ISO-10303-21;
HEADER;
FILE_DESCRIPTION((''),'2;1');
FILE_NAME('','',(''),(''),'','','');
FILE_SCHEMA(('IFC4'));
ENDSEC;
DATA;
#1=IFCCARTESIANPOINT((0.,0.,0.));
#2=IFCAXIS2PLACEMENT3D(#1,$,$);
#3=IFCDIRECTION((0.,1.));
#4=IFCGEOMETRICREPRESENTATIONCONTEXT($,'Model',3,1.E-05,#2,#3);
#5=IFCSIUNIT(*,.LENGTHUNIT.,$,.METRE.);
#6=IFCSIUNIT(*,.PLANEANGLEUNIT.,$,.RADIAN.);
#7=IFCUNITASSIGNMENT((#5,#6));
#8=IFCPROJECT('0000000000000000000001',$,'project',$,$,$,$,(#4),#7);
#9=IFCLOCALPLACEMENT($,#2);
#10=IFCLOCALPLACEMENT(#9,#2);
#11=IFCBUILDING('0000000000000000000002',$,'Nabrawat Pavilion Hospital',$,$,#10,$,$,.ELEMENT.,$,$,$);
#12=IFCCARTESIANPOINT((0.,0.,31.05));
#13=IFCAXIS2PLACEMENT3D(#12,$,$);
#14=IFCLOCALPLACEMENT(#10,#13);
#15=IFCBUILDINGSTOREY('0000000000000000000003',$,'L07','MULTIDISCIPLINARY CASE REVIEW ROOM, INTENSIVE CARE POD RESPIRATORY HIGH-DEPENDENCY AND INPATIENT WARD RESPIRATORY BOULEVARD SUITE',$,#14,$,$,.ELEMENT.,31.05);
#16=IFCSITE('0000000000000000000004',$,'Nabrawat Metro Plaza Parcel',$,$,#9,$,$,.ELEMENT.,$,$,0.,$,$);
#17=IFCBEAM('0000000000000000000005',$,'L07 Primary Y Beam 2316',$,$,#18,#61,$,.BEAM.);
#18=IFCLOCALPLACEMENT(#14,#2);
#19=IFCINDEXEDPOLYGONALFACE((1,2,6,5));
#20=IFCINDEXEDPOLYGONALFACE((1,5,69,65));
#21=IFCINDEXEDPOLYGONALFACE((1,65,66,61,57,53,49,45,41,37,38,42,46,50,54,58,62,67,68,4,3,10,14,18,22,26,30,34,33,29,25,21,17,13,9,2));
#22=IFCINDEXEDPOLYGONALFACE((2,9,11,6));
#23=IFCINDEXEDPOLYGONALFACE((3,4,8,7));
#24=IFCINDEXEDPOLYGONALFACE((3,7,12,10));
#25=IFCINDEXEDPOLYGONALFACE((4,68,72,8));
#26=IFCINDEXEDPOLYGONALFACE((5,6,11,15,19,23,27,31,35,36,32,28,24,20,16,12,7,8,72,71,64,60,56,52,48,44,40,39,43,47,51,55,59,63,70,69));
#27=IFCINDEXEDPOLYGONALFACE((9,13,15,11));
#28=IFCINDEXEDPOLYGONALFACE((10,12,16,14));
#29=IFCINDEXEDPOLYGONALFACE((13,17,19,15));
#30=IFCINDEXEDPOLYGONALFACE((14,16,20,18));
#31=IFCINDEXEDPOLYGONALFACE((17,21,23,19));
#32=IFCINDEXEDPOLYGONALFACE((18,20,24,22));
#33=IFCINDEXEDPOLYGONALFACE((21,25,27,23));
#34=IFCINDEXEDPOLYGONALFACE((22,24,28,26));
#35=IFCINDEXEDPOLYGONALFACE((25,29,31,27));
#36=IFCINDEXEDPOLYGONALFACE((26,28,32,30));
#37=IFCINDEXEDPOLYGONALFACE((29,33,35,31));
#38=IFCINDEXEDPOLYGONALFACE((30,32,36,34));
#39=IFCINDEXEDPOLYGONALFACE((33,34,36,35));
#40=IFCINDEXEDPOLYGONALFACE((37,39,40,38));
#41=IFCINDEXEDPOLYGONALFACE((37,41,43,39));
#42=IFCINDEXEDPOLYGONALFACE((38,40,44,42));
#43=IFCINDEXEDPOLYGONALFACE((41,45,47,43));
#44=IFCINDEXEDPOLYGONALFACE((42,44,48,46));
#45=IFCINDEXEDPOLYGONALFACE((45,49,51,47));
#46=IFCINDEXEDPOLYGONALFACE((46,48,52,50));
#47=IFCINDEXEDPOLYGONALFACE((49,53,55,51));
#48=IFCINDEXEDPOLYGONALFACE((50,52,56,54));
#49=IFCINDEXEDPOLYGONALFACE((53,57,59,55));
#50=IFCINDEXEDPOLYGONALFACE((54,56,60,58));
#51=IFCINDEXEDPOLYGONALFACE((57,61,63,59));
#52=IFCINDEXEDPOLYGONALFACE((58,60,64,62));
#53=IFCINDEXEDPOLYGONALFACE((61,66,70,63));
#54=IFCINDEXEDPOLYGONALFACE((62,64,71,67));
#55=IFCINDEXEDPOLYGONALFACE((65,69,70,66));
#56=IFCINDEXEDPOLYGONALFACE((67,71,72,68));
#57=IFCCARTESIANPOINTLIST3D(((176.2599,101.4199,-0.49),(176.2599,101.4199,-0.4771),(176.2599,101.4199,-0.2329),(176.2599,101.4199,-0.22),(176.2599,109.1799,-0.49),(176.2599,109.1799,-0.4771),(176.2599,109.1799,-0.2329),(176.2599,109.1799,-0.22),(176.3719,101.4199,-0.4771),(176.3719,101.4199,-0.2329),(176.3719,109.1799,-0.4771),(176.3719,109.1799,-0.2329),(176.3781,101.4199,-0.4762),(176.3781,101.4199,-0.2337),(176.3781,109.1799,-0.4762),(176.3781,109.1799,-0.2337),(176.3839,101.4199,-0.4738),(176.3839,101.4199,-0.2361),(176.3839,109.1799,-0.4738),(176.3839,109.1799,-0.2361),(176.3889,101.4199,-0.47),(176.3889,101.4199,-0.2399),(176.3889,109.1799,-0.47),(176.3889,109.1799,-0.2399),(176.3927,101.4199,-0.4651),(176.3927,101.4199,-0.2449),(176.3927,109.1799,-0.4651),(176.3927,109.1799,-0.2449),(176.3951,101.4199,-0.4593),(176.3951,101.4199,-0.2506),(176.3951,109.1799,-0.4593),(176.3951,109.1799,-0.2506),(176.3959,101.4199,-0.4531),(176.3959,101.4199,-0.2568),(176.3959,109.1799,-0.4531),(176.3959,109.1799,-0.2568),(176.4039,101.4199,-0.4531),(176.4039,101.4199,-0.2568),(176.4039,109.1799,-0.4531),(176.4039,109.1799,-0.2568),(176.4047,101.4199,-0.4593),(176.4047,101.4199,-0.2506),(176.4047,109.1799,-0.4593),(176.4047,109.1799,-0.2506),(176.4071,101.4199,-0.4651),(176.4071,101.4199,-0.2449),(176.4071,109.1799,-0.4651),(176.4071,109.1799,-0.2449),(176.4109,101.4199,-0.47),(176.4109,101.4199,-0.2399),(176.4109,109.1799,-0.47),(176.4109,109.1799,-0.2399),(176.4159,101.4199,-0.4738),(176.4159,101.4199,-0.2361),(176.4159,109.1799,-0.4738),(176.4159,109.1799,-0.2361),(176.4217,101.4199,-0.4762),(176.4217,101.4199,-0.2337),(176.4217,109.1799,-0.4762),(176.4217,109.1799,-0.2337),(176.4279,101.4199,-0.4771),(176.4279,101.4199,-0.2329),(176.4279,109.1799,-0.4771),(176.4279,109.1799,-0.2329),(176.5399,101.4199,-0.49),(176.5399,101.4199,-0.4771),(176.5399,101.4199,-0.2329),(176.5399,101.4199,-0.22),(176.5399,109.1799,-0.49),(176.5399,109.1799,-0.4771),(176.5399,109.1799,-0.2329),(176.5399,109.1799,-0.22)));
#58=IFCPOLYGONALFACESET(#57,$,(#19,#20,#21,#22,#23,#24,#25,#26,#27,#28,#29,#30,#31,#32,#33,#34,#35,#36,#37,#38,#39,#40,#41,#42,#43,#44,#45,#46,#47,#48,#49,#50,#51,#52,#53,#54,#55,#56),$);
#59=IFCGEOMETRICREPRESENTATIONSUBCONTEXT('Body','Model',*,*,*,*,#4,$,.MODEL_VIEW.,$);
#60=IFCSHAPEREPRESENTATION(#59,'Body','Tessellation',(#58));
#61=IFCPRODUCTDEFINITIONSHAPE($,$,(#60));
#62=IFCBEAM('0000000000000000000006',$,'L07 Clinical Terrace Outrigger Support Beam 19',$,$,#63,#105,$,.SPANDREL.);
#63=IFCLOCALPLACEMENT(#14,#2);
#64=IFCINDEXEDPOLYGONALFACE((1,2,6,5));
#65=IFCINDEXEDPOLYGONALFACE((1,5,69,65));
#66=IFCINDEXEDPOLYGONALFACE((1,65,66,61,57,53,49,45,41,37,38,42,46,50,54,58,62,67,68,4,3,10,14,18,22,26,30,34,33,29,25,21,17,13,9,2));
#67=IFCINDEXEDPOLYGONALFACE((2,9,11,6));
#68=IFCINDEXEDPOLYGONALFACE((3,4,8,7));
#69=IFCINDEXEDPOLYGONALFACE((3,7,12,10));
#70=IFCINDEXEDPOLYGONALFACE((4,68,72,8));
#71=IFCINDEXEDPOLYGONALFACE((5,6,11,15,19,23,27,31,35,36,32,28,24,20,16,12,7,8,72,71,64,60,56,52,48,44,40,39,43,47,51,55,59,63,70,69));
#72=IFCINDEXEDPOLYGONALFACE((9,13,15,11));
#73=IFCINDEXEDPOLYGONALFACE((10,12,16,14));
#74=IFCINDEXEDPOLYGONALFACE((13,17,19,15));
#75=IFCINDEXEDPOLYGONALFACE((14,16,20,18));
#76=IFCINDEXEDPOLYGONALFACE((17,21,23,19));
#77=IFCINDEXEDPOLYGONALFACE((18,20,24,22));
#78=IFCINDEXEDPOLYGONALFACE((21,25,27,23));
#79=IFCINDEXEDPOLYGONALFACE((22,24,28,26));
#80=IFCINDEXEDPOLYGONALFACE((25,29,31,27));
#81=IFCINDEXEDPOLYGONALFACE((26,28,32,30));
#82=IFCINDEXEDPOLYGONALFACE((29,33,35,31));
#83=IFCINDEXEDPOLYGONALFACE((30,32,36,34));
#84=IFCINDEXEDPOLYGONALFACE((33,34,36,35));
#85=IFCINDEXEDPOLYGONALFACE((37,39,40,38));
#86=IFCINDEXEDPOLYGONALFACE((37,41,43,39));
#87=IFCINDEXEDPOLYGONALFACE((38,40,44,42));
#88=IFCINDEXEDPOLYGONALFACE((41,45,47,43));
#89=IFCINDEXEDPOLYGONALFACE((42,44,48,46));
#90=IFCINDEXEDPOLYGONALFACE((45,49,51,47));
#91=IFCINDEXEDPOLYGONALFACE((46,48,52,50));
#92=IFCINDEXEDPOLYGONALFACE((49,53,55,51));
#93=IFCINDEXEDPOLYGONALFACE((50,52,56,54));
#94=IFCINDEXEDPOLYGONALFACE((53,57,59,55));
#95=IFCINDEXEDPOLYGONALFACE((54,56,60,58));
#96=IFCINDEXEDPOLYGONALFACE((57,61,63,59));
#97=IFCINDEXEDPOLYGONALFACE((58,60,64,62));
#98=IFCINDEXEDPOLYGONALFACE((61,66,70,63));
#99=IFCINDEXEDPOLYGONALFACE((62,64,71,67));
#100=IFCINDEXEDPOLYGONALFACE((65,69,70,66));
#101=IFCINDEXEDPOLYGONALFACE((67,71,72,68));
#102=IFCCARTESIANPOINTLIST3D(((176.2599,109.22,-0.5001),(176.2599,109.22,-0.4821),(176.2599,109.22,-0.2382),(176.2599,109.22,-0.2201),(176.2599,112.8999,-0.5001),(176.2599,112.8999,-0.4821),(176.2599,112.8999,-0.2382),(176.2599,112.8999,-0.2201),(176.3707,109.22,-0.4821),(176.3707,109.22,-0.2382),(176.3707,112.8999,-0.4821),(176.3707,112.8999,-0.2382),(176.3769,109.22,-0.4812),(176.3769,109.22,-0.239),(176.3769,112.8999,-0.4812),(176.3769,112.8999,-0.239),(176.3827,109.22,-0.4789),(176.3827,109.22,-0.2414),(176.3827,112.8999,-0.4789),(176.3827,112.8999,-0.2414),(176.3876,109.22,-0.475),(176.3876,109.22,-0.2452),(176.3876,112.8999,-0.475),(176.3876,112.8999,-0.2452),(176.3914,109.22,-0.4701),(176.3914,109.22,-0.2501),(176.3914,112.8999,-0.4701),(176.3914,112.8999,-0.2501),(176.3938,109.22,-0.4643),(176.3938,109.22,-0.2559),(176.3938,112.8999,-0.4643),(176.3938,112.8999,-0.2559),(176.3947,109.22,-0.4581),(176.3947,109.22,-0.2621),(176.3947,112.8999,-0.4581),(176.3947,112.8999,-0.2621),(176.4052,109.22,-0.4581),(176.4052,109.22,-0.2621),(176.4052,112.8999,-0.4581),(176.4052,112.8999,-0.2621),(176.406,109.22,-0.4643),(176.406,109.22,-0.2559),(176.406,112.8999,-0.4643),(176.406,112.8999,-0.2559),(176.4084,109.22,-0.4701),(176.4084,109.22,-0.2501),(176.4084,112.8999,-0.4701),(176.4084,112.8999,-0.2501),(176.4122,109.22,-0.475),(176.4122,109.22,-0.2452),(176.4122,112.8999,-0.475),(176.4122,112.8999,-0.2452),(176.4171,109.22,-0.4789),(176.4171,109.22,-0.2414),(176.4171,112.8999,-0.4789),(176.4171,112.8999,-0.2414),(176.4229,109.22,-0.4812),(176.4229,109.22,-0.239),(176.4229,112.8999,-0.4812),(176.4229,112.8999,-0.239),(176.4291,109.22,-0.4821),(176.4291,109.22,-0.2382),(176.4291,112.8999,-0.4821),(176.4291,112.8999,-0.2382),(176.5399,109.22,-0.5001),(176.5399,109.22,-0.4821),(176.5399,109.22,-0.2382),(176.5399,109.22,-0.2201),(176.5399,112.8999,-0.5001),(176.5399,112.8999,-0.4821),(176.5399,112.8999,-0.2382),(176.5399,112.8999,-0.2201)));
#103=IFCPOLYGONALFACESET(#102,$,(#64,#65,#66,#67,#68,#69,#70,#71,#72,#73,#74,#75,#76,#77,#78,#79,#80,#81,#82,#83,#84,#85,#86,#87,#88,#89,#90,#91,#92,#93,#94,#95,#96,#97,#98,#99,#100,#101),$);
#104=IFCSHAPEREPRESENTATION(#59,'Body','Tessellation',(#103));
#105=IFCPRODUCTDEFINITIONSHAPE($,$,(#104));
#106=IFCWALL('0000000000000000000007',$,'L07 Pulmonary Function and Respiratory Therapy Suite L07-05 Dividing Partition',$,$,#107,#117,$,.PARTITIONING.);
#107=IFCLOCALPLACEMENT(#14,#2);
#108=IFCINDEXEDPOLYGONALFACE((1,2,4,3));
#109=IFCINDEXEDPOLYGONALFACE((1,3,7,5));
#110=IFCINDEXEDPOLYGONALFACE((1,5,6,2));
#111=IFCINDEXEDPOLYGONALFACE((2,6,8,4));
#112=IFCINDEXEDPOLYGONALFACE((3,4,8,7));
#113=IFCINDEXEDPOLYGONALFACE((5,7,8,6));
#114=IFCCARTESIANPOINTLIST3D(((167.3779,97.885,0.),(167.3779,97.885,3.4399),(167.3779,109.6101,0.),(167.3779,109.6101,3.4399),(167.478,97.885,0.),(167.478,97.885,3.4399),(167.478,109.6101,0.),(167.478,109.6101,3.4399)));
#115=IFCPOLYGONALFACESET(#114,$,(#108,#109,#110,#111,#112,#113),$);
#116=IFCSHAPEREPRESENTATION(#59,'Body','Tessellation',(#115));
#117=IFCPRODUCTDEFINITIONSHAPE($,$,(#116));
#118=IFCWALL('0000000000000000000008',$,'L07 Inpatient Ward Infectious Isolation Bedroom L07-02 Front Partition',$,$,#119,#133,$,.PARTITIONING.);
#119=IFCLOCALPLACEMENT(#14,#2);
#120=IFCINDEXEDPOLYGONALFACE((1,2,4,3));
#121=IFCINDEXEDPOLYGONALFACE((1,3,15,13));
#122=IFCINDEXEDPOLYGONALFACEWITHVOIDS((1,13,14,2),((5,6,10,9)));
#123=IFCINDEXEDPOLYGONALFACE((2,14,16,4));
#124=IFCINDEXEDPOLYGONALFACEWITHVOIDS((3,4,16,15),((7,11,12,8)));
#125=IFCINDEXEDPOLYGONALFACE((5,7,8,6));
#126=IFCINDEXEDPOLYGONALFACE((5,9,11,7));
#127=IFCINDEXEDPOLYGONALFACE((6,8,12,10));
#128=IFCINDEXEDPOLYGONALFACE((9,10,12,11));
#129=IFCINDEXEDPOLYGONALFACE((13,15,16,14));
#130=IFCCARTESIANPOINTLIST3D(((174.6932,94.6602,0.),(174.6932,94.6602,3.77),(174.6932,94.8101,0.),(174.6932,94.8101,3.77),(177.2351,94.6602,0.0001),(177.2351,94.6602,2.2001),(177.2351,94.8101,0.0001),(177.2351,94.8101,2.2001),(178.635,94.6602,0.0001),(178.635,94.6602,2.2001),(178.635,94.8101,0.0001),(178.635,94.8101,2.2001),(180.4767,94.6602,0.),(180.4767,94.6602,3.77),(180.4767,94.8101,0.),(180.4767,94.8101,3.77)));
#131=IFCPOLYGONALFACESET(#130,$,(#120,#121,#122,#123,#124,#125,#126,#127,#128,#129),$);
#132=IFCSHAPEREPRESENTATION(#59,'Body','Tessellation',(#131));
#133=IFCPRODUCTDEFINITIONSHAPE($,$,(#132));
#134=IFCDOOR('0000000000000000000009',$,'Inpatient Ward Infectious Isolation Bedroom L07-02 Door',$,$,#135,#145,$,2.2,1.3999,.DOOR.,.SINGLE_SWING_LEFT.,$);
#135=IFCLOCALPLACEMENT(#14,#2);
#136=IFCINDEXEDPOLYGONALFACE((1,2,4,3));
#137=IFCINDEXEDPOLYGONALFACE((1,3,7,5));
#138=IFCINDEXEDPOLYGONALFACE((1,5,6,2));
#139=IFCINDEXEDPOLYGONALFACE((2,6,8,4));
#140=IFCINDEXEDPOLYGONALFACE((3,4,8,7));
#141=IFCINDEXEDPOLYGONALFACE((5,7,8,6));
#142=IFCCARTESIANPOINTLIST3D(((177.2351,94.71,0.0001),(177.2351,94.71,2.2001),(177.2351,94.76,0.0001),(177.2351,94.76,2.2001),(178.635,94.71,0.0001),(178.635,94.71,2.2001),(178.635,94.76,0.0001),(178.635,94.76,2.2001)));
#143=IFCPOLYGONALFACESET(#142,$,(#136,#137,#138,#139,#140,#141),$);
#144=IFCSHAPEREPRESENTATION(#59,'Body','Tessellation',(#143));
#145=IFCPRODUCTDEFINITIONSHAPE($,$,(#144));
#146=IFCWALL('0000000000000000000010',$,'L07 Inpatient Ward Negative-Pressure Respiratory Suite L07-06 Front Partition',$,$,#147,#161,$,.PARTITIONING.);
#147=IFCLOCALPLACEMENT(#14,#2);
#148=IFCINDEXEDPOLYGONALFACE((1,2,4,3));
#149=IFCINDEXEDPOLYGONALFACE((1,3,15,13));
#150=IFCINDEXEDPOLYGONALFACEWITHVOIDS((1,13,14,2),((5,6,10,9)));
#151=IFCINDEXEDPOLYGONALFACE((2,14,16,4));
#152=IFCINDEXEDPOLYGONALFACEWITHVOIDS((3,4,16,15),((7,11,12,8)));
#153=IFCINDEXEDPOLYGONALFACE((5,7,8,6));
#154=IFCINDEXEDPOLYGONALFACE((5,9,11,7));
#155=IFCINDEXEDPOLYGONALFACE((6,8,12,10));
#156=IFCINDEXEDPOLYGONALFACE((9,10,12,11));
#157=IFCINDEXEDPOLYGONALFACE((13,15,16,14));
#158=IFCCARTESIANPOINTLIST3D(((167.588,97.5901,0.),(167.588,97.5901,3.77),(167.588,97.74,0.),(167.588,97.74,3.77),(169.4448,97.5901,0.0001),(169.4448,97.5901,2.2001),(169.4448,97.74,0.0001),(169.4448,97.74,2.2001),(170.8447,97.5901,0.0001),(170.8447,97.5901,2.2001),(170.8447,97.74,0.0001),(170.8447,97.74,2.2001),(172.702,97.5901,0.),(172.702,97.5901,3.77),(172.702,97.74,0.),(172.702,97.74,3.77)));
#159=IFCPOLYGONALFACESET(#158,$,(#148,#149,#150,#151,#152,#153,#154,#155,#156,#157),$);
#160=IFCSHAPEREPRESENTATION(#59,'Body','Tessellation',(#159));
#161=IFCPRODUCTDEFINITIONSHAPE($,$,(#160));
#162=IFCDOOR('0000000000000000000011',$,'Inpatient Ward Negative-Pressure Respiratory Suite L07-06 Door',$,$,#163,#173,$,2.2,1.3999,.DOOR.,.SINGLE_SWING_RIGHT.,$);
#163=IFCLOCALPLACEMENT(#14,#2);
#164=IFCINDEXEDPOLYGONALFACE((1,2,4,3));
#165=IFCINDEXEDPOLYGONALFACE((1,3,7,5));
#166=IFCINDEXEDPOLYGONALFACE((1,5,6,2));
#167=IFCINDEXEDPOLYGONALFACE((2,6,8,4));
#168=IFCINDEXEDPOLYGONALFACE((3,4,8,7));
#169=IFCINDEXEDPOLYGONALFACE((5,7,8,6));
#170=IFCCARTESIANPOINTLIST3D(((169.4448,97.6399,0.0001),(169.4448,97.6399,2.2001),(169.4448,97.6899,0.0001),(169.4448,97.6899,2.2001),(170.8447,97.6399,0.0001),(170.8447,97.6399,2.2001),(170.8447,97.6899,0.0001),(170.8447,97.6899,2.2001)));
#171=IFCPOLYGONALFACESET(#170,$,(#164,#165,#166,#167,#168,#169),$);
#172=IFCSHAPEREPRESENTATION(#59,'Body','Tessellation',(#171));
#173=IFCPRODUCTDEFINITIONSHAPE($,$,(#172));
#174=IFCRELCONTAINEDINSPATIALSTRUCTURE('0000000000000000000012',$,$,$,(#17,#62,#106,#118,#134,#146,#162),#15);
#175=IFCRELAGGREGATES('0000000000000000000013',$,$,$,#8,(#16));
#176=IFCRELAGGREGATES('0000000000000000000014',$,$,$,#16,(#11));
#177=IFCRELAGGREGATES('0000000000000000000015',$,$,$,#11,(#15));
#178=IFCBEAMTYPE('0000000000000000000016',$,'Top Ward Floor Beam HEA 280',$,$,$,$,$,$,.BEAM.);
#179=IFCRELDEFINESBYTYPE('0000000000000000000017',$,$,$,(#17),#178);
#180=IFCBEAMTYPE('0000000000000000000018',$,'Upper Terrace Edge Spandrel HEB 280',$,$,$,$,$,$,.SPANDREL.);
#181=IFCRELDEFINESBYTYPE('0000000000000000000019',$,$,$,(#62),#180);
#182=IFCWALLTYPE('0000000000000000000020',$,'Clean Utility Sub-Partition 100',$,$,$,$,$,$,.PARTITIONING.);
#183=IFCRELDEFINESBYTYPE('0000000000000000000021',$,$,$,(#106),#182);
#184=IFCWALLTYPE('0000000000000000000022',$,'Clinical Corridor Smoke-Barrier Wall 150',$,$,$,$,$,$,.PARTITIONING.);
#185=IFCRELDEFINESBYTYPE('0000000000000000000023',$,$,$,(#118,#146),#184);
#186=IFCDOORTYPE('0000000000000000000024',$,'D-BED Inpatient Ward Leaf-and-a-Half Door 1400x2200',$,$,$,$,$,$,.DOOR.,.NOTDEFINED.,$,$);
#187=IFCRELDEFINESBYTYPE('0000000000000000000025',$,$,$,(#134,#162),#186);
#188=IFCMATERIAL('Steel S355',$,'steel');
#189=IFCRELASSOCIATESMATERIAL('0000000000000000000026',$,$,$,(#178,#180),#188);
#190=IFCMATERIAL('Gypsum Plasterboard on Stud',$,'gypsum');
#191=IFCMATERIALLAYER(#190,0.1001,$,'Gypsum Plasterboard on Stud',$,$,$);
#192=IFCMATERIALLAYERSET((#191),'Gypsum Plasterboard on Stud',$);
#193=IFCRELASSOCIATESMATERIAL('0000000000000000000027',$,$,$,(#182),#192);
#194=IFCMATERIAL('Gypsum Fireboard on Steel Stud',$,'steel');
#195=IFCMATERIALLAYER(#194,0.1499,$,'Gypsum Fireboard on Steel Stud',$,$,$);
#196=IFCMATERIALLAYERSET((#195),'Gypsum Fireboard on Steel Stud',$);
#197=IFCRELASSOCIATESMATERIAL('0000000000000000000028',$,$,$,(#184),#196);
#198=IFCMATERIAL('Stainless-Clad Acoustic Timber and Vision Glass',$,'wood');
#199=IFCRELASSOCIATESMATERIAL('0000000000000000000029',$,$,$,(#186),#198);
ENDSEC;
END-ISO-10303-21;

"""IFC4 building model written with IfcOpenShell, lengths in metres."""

from ifc_helpers import new_model, si_unit, direction, frame, frame_2d, origin, origin_2d, place, context, subcontext, project, spatial, rectangle, i_section, extrude, material, layer, layer_set, material_profile, profile_set, type_object, element, fill, save


model = new_model("IFC4")

# Units and contexts
model_context = context("Model", 3, precision=1e-05, world=origin(), true_north=direction((0.0, 1.0)))
body_context = subcontext(model_context, "Body", "Model", "MODEL_VIEW")
ifc_project = project(units=[si_unit("LENGTHUNIT", "METRE"), si_unit("PLANEANGLEUNIT", "RADIAN")], contexts=[model_context])

# Site, building, storey
site_placement = place(None, origin())
site = spatial("IfcSite", under=ifc_project, at=site_placement, Name="Nabrawat Metro Plaza Parcel", CompositionType="ELEMENT", RefElevation=0.0)
building_placement = place(site_placement, origin())
building = spatial("IfcBuilding", under=site, at=building_placement, Name="Nabrawat Pavilion Hospital", CompositionType="ELEMENT")
storey_placement = place(building_placement, frame((0.0, 0.0, 31.05)))
storey = spatial("IfcBuildingStorey", under=building, at=storey_placement, Name="L07", Description="MULTIDISCIPLINARY CASE REVIEW ROOM, INTENSIVE CARE POD RESPIRATORY HIGH-DEPENDENCY AND INPATIENT WARD RESPIRATORY BOULEVARD SUITE", CompositionType="ELEMENT", Elevation=31.05)

# Shared definitions
ifc_material_1 = material(Name="Steel S355", Category="steel")

# Beams
ifc_material_profile_1 = material_profile(ifc_material_1, i_section(OverallWidth=0.28, OverallDepth=0.27, WebThickness=0.0081, FlangeThickness=0.0129, FilletRadius=0.0239, at=origin_2d()), Name="HEA 280")
ifc_profile_set_1 = profile_set([ifc_material_profile_1], Name="Steel S355")
beam_type_1 = type_object("IfcBeamType", Name="Top Ward Floor Beam HEA 280", PredefinedType="BEAM", material=ifc_profile_set_1)
beam_1_placement = place(storey_placement, frame((176.3999, 101.4199, -0.355), z_axis=(0.0, 1.0, 0.0), x_axis=(-1.0, 0.0, 0.0)))
element("IfcBeam", 1, at=beam_1_placement, inside=storey, type_object=beam_type_1, Name="L07 Primary Y Beam 2316", PredefinedType="BEAM", context=body_context, shape_type="SweptSolid", body=[
    extrude(i_section(OverallWidth=0.28, OverallDepth=0.27, WebThickness=0.0081, FlangeThickness=0.0129, FilletRadius=0.0239, at=origin_2d()), origin(), (0.0, 0.0, 1.0), 7.76),
])
ifc_material_profile_2 = material_profile(ifc_material_1, i_section(OverallWidth=0.28, OverallDepth=0.28, WebThickness=0.0105, FlangeThickness=0.0181, FilletRadius=0.0239, at=origin_2d()), Name="HEB 280")
ifc_profile_set_2 = profile_set([ifc_material_profile_2], Name="Steel S355")
beam_type_2 = type_object("IfcBeamType", Name="Upper Terrace Edge Spandrel HEB 280", PredefinedType="SPANDREL", material=ifc_profile_set_2)
beam_2_placement = place(storey_placement, frame((176.3999, 109.22, -0.3601), z_axis=(0.0, 1.0, 0.0), x_axis=(-1.0, 0.0, 0.0)))
element("IfcBeam", 2, at=beam_2_placement, inside=storey, type_object=beam_type_2, Name="L07 Clinical Terrace Outrigger Support Beam 19", PredefinedType="SPANDREL", context=body_context, shape_type="SweptSolid", body=[
    extrude(i_section(OverallWidth=0.28, OverallDepth=0.28, WebThickness=0.0105, FlangeThickness=0.0181, FilletRadius=0.0239, at=origin_2d()), origin(), (0.0, 0.0, 1.0), 3.6799),
])

# Wall
ifc_material_2 = material(Name="Gypsum Plasterboard on Stud", Category="gypsum")
ifc_layer_1 = layer(ifc_material_2, 0.1001, Name="Gypsum Plasterboard on Stud")
ifc_layer_set_1 = layer_set([ifc_layer_1], Name="Gypsum Plasterboard on Stud")
wall_type_1 = type_object("IfcWallType", Name="Clean Utility Sub-Partition 100", PredefinedType="PARTITIONING", material=ifc_layer_set_1)
wall_1_placement = place(storey_placement, frame((167.428, 97.885, 0.0), z_axis=(0.0, 0.0, 1.0), x_axis=(0.0, 1.0, 0.0)))
element("IfcWall", 3, at=wall_1_placement, inside=storey, type_object=wall_type_1, Name="L07 Pulmonary Function and Respiratory Therapy Suite L07-05 Dividing Partition", PredefinedType="PARTITIONING", context=body_context, shape_type="SweptSolid", body=[
    extrude(rectangle(XDim=11.7251, YDim=0.1001, at=frame_2d((5.8625, 0.0))), origin(), (0.0, 0.0, 1.0), 3.4399),
])

# Walls, openings, doors
ifc_material_3 = material(Name="Gypsum Fireboard on Steel Stud", Category="steel")
ifc_layer_2 = layer(ifc_material_3, 0.1499, Name="Gypsum Fireboard on Steel Stud")
ifc_layer_set_2 = layer_set([ifc_layer_2], Name="Gypsum Fireboard on Steel Stud")
wall_type_2 = type_object("IfcWallType", Name="Clinical Corridor Smoke-Barrier Wall 150", PredefinedType="PARTITIONING", material=ifc_layer_set_2)
wall_2_placement = place(storey_placement, frame((174.6934, 94.7351, 0.0), z_axis=(0.0, 0.0, 1.0), x_axis=(1.0, 0.0, 0.0)))
wall_2 = element("IfcWall", 4, at=wall_2_placement, inside=storey, type_object=wall_type_2, Name="L07 Inpatient Ward Infectious Isolation Bedroom L07-02 Front Partition", PredefinedType="PARTITIONING", context=body_context, shape_type="SweptSolid", body=[
    extrude(rectangle(XDim=5.7834, YDim=0.1499, at=frame_2d((2.8916, 0.0))), origin(), (0.0, 0.0, 1.0), 3.77),
])
opening_1_placement = place(wall_2_placement, frame((2.5417, 0.0, 0.0)))
opening_1 = element("IfcOpeningElement", 5, at=opening_1_placement, cuts=wall_2, PredefinedType="OPENING", context=body_context, shape_type="SweptSolid", body=[
    extrude(rectangle(XDim=1.3999, YDim=2.2, at=frame_2d((0.7, 1.1001))), frame((0.0, 0.085, 0.0), z_axis=(0.0, -1.0, 0.0), x_axis=(1.0, 0.0, 0.0)), (0.0, 0.0, 1.0), 0.1699),
])
ifc_material_4 = material(Name="Stainless-Clad Acoustic Timber and Vision Glass", Category="wood")
door_type_1 = type_object("IfcDoorType", Name="D-BED Inpatient Ward Leaf-and-a-Half Door 1400x2200", OperationType="NOTDEFINED", PredefinedType="DOOR", material=ifc_material_4)
door_1_placement = place(opening_1_placement, origin())
door_1 = element("IfcDoor", 6, at=door_1_placement, inside=storey, type_object=door_type_1, Name="Inpatient Ward Infectious Isolation Bedroom L07-02 Door", OperationType="SINGLE_SWING_LEFT", OverallHeight=2.2, OverallWidth=1.3999, PredefinedType="DOOR", context=body_context, shape_type="SweptSolid", body=[
    extrude(rectangle(XDim=1.3999, YDim=2.2, at=frame_2d((0.7, 1.1001))), frame((0.0, 0.0249, 0.0), z_axis=(0.0, -1.0, 0.0), x_axis=(1.0, 0.0, 0.0)), (0.0, 0.0, 1.0), 0.05),
])
fill(opening_1, door_1)
wall_3_placement = place(storey_placement, frame((167.5879, 97.665, 0.0), z_axis=(0.0, 0.0, 1.0), x_axis=(1.0, 0.0, 0.0)))
wall_3 = element("IfcWall", 7, at=wall_3_placement, inside=storey, type_object=wall_type_2, Name="L07 Inpatient Ward Negative-Pressure Respiratory Suite L07-06 Front Partition", PredefinedType="PARTITIONING", context=body_context, shape_type="SweptSolid", body=[
    extrude(rectangle(XDim=5.114, YDim=0.1499, at=frame_2d((2.5571, 0.0))), origin(), (0.0, 0.0, 1.0), 3.77),
])
opening_2_placement = place(wall_3_placement, frame((1.8569, 0.0, 0.0)))
opening_2 = element("IfcOpeningElement", 8, at=opening_2_placement, cuts=wall_3, PredefinedType="OPENING", context=body_context, shape_type="SweptSolid", body=[
    extrude(rectangle(XDim=1.3999, YDim=2.2, at=frame_2d((0.7, 1.1001))), frame((0.0, 0.085, 0.0), z_axis=(0.0, -1.0, 0.0), x_axis=(1.0, 0.0, 0.0)), (0.0, 0.0, 1.0), 0.1699),
])
door_2_placement = place(opening_2_placement, origin())
door_2 = element("IfcDoor", 9, at=door_2_placement, inside=storey, type_object=door_type_1, Name="Inpatient Ward Negative-Pressure Respiratory Suite L07-06 Door", OperationType="SINGLE_SWING_RIGHT", OverallHeight=2.2, OverallWidth=1.3999, PredefinedType="DOOR", context=body_context, shape_type="SweptSolid", body=[
    extrude(rectangle(XDim=1.3999, YDim=2.2, at=frame_2d((0.7, 1.1001))), frame((0.0, 0.0249, 0.0), z_axis=(0.0, -1.0, 0.0), x_axis=(1.0, 0.0, 0.0)), (0.0, 0.0, 1.0), 0.05),
])
fill(opening_2, door_2)

save(model, "model.ifc")
